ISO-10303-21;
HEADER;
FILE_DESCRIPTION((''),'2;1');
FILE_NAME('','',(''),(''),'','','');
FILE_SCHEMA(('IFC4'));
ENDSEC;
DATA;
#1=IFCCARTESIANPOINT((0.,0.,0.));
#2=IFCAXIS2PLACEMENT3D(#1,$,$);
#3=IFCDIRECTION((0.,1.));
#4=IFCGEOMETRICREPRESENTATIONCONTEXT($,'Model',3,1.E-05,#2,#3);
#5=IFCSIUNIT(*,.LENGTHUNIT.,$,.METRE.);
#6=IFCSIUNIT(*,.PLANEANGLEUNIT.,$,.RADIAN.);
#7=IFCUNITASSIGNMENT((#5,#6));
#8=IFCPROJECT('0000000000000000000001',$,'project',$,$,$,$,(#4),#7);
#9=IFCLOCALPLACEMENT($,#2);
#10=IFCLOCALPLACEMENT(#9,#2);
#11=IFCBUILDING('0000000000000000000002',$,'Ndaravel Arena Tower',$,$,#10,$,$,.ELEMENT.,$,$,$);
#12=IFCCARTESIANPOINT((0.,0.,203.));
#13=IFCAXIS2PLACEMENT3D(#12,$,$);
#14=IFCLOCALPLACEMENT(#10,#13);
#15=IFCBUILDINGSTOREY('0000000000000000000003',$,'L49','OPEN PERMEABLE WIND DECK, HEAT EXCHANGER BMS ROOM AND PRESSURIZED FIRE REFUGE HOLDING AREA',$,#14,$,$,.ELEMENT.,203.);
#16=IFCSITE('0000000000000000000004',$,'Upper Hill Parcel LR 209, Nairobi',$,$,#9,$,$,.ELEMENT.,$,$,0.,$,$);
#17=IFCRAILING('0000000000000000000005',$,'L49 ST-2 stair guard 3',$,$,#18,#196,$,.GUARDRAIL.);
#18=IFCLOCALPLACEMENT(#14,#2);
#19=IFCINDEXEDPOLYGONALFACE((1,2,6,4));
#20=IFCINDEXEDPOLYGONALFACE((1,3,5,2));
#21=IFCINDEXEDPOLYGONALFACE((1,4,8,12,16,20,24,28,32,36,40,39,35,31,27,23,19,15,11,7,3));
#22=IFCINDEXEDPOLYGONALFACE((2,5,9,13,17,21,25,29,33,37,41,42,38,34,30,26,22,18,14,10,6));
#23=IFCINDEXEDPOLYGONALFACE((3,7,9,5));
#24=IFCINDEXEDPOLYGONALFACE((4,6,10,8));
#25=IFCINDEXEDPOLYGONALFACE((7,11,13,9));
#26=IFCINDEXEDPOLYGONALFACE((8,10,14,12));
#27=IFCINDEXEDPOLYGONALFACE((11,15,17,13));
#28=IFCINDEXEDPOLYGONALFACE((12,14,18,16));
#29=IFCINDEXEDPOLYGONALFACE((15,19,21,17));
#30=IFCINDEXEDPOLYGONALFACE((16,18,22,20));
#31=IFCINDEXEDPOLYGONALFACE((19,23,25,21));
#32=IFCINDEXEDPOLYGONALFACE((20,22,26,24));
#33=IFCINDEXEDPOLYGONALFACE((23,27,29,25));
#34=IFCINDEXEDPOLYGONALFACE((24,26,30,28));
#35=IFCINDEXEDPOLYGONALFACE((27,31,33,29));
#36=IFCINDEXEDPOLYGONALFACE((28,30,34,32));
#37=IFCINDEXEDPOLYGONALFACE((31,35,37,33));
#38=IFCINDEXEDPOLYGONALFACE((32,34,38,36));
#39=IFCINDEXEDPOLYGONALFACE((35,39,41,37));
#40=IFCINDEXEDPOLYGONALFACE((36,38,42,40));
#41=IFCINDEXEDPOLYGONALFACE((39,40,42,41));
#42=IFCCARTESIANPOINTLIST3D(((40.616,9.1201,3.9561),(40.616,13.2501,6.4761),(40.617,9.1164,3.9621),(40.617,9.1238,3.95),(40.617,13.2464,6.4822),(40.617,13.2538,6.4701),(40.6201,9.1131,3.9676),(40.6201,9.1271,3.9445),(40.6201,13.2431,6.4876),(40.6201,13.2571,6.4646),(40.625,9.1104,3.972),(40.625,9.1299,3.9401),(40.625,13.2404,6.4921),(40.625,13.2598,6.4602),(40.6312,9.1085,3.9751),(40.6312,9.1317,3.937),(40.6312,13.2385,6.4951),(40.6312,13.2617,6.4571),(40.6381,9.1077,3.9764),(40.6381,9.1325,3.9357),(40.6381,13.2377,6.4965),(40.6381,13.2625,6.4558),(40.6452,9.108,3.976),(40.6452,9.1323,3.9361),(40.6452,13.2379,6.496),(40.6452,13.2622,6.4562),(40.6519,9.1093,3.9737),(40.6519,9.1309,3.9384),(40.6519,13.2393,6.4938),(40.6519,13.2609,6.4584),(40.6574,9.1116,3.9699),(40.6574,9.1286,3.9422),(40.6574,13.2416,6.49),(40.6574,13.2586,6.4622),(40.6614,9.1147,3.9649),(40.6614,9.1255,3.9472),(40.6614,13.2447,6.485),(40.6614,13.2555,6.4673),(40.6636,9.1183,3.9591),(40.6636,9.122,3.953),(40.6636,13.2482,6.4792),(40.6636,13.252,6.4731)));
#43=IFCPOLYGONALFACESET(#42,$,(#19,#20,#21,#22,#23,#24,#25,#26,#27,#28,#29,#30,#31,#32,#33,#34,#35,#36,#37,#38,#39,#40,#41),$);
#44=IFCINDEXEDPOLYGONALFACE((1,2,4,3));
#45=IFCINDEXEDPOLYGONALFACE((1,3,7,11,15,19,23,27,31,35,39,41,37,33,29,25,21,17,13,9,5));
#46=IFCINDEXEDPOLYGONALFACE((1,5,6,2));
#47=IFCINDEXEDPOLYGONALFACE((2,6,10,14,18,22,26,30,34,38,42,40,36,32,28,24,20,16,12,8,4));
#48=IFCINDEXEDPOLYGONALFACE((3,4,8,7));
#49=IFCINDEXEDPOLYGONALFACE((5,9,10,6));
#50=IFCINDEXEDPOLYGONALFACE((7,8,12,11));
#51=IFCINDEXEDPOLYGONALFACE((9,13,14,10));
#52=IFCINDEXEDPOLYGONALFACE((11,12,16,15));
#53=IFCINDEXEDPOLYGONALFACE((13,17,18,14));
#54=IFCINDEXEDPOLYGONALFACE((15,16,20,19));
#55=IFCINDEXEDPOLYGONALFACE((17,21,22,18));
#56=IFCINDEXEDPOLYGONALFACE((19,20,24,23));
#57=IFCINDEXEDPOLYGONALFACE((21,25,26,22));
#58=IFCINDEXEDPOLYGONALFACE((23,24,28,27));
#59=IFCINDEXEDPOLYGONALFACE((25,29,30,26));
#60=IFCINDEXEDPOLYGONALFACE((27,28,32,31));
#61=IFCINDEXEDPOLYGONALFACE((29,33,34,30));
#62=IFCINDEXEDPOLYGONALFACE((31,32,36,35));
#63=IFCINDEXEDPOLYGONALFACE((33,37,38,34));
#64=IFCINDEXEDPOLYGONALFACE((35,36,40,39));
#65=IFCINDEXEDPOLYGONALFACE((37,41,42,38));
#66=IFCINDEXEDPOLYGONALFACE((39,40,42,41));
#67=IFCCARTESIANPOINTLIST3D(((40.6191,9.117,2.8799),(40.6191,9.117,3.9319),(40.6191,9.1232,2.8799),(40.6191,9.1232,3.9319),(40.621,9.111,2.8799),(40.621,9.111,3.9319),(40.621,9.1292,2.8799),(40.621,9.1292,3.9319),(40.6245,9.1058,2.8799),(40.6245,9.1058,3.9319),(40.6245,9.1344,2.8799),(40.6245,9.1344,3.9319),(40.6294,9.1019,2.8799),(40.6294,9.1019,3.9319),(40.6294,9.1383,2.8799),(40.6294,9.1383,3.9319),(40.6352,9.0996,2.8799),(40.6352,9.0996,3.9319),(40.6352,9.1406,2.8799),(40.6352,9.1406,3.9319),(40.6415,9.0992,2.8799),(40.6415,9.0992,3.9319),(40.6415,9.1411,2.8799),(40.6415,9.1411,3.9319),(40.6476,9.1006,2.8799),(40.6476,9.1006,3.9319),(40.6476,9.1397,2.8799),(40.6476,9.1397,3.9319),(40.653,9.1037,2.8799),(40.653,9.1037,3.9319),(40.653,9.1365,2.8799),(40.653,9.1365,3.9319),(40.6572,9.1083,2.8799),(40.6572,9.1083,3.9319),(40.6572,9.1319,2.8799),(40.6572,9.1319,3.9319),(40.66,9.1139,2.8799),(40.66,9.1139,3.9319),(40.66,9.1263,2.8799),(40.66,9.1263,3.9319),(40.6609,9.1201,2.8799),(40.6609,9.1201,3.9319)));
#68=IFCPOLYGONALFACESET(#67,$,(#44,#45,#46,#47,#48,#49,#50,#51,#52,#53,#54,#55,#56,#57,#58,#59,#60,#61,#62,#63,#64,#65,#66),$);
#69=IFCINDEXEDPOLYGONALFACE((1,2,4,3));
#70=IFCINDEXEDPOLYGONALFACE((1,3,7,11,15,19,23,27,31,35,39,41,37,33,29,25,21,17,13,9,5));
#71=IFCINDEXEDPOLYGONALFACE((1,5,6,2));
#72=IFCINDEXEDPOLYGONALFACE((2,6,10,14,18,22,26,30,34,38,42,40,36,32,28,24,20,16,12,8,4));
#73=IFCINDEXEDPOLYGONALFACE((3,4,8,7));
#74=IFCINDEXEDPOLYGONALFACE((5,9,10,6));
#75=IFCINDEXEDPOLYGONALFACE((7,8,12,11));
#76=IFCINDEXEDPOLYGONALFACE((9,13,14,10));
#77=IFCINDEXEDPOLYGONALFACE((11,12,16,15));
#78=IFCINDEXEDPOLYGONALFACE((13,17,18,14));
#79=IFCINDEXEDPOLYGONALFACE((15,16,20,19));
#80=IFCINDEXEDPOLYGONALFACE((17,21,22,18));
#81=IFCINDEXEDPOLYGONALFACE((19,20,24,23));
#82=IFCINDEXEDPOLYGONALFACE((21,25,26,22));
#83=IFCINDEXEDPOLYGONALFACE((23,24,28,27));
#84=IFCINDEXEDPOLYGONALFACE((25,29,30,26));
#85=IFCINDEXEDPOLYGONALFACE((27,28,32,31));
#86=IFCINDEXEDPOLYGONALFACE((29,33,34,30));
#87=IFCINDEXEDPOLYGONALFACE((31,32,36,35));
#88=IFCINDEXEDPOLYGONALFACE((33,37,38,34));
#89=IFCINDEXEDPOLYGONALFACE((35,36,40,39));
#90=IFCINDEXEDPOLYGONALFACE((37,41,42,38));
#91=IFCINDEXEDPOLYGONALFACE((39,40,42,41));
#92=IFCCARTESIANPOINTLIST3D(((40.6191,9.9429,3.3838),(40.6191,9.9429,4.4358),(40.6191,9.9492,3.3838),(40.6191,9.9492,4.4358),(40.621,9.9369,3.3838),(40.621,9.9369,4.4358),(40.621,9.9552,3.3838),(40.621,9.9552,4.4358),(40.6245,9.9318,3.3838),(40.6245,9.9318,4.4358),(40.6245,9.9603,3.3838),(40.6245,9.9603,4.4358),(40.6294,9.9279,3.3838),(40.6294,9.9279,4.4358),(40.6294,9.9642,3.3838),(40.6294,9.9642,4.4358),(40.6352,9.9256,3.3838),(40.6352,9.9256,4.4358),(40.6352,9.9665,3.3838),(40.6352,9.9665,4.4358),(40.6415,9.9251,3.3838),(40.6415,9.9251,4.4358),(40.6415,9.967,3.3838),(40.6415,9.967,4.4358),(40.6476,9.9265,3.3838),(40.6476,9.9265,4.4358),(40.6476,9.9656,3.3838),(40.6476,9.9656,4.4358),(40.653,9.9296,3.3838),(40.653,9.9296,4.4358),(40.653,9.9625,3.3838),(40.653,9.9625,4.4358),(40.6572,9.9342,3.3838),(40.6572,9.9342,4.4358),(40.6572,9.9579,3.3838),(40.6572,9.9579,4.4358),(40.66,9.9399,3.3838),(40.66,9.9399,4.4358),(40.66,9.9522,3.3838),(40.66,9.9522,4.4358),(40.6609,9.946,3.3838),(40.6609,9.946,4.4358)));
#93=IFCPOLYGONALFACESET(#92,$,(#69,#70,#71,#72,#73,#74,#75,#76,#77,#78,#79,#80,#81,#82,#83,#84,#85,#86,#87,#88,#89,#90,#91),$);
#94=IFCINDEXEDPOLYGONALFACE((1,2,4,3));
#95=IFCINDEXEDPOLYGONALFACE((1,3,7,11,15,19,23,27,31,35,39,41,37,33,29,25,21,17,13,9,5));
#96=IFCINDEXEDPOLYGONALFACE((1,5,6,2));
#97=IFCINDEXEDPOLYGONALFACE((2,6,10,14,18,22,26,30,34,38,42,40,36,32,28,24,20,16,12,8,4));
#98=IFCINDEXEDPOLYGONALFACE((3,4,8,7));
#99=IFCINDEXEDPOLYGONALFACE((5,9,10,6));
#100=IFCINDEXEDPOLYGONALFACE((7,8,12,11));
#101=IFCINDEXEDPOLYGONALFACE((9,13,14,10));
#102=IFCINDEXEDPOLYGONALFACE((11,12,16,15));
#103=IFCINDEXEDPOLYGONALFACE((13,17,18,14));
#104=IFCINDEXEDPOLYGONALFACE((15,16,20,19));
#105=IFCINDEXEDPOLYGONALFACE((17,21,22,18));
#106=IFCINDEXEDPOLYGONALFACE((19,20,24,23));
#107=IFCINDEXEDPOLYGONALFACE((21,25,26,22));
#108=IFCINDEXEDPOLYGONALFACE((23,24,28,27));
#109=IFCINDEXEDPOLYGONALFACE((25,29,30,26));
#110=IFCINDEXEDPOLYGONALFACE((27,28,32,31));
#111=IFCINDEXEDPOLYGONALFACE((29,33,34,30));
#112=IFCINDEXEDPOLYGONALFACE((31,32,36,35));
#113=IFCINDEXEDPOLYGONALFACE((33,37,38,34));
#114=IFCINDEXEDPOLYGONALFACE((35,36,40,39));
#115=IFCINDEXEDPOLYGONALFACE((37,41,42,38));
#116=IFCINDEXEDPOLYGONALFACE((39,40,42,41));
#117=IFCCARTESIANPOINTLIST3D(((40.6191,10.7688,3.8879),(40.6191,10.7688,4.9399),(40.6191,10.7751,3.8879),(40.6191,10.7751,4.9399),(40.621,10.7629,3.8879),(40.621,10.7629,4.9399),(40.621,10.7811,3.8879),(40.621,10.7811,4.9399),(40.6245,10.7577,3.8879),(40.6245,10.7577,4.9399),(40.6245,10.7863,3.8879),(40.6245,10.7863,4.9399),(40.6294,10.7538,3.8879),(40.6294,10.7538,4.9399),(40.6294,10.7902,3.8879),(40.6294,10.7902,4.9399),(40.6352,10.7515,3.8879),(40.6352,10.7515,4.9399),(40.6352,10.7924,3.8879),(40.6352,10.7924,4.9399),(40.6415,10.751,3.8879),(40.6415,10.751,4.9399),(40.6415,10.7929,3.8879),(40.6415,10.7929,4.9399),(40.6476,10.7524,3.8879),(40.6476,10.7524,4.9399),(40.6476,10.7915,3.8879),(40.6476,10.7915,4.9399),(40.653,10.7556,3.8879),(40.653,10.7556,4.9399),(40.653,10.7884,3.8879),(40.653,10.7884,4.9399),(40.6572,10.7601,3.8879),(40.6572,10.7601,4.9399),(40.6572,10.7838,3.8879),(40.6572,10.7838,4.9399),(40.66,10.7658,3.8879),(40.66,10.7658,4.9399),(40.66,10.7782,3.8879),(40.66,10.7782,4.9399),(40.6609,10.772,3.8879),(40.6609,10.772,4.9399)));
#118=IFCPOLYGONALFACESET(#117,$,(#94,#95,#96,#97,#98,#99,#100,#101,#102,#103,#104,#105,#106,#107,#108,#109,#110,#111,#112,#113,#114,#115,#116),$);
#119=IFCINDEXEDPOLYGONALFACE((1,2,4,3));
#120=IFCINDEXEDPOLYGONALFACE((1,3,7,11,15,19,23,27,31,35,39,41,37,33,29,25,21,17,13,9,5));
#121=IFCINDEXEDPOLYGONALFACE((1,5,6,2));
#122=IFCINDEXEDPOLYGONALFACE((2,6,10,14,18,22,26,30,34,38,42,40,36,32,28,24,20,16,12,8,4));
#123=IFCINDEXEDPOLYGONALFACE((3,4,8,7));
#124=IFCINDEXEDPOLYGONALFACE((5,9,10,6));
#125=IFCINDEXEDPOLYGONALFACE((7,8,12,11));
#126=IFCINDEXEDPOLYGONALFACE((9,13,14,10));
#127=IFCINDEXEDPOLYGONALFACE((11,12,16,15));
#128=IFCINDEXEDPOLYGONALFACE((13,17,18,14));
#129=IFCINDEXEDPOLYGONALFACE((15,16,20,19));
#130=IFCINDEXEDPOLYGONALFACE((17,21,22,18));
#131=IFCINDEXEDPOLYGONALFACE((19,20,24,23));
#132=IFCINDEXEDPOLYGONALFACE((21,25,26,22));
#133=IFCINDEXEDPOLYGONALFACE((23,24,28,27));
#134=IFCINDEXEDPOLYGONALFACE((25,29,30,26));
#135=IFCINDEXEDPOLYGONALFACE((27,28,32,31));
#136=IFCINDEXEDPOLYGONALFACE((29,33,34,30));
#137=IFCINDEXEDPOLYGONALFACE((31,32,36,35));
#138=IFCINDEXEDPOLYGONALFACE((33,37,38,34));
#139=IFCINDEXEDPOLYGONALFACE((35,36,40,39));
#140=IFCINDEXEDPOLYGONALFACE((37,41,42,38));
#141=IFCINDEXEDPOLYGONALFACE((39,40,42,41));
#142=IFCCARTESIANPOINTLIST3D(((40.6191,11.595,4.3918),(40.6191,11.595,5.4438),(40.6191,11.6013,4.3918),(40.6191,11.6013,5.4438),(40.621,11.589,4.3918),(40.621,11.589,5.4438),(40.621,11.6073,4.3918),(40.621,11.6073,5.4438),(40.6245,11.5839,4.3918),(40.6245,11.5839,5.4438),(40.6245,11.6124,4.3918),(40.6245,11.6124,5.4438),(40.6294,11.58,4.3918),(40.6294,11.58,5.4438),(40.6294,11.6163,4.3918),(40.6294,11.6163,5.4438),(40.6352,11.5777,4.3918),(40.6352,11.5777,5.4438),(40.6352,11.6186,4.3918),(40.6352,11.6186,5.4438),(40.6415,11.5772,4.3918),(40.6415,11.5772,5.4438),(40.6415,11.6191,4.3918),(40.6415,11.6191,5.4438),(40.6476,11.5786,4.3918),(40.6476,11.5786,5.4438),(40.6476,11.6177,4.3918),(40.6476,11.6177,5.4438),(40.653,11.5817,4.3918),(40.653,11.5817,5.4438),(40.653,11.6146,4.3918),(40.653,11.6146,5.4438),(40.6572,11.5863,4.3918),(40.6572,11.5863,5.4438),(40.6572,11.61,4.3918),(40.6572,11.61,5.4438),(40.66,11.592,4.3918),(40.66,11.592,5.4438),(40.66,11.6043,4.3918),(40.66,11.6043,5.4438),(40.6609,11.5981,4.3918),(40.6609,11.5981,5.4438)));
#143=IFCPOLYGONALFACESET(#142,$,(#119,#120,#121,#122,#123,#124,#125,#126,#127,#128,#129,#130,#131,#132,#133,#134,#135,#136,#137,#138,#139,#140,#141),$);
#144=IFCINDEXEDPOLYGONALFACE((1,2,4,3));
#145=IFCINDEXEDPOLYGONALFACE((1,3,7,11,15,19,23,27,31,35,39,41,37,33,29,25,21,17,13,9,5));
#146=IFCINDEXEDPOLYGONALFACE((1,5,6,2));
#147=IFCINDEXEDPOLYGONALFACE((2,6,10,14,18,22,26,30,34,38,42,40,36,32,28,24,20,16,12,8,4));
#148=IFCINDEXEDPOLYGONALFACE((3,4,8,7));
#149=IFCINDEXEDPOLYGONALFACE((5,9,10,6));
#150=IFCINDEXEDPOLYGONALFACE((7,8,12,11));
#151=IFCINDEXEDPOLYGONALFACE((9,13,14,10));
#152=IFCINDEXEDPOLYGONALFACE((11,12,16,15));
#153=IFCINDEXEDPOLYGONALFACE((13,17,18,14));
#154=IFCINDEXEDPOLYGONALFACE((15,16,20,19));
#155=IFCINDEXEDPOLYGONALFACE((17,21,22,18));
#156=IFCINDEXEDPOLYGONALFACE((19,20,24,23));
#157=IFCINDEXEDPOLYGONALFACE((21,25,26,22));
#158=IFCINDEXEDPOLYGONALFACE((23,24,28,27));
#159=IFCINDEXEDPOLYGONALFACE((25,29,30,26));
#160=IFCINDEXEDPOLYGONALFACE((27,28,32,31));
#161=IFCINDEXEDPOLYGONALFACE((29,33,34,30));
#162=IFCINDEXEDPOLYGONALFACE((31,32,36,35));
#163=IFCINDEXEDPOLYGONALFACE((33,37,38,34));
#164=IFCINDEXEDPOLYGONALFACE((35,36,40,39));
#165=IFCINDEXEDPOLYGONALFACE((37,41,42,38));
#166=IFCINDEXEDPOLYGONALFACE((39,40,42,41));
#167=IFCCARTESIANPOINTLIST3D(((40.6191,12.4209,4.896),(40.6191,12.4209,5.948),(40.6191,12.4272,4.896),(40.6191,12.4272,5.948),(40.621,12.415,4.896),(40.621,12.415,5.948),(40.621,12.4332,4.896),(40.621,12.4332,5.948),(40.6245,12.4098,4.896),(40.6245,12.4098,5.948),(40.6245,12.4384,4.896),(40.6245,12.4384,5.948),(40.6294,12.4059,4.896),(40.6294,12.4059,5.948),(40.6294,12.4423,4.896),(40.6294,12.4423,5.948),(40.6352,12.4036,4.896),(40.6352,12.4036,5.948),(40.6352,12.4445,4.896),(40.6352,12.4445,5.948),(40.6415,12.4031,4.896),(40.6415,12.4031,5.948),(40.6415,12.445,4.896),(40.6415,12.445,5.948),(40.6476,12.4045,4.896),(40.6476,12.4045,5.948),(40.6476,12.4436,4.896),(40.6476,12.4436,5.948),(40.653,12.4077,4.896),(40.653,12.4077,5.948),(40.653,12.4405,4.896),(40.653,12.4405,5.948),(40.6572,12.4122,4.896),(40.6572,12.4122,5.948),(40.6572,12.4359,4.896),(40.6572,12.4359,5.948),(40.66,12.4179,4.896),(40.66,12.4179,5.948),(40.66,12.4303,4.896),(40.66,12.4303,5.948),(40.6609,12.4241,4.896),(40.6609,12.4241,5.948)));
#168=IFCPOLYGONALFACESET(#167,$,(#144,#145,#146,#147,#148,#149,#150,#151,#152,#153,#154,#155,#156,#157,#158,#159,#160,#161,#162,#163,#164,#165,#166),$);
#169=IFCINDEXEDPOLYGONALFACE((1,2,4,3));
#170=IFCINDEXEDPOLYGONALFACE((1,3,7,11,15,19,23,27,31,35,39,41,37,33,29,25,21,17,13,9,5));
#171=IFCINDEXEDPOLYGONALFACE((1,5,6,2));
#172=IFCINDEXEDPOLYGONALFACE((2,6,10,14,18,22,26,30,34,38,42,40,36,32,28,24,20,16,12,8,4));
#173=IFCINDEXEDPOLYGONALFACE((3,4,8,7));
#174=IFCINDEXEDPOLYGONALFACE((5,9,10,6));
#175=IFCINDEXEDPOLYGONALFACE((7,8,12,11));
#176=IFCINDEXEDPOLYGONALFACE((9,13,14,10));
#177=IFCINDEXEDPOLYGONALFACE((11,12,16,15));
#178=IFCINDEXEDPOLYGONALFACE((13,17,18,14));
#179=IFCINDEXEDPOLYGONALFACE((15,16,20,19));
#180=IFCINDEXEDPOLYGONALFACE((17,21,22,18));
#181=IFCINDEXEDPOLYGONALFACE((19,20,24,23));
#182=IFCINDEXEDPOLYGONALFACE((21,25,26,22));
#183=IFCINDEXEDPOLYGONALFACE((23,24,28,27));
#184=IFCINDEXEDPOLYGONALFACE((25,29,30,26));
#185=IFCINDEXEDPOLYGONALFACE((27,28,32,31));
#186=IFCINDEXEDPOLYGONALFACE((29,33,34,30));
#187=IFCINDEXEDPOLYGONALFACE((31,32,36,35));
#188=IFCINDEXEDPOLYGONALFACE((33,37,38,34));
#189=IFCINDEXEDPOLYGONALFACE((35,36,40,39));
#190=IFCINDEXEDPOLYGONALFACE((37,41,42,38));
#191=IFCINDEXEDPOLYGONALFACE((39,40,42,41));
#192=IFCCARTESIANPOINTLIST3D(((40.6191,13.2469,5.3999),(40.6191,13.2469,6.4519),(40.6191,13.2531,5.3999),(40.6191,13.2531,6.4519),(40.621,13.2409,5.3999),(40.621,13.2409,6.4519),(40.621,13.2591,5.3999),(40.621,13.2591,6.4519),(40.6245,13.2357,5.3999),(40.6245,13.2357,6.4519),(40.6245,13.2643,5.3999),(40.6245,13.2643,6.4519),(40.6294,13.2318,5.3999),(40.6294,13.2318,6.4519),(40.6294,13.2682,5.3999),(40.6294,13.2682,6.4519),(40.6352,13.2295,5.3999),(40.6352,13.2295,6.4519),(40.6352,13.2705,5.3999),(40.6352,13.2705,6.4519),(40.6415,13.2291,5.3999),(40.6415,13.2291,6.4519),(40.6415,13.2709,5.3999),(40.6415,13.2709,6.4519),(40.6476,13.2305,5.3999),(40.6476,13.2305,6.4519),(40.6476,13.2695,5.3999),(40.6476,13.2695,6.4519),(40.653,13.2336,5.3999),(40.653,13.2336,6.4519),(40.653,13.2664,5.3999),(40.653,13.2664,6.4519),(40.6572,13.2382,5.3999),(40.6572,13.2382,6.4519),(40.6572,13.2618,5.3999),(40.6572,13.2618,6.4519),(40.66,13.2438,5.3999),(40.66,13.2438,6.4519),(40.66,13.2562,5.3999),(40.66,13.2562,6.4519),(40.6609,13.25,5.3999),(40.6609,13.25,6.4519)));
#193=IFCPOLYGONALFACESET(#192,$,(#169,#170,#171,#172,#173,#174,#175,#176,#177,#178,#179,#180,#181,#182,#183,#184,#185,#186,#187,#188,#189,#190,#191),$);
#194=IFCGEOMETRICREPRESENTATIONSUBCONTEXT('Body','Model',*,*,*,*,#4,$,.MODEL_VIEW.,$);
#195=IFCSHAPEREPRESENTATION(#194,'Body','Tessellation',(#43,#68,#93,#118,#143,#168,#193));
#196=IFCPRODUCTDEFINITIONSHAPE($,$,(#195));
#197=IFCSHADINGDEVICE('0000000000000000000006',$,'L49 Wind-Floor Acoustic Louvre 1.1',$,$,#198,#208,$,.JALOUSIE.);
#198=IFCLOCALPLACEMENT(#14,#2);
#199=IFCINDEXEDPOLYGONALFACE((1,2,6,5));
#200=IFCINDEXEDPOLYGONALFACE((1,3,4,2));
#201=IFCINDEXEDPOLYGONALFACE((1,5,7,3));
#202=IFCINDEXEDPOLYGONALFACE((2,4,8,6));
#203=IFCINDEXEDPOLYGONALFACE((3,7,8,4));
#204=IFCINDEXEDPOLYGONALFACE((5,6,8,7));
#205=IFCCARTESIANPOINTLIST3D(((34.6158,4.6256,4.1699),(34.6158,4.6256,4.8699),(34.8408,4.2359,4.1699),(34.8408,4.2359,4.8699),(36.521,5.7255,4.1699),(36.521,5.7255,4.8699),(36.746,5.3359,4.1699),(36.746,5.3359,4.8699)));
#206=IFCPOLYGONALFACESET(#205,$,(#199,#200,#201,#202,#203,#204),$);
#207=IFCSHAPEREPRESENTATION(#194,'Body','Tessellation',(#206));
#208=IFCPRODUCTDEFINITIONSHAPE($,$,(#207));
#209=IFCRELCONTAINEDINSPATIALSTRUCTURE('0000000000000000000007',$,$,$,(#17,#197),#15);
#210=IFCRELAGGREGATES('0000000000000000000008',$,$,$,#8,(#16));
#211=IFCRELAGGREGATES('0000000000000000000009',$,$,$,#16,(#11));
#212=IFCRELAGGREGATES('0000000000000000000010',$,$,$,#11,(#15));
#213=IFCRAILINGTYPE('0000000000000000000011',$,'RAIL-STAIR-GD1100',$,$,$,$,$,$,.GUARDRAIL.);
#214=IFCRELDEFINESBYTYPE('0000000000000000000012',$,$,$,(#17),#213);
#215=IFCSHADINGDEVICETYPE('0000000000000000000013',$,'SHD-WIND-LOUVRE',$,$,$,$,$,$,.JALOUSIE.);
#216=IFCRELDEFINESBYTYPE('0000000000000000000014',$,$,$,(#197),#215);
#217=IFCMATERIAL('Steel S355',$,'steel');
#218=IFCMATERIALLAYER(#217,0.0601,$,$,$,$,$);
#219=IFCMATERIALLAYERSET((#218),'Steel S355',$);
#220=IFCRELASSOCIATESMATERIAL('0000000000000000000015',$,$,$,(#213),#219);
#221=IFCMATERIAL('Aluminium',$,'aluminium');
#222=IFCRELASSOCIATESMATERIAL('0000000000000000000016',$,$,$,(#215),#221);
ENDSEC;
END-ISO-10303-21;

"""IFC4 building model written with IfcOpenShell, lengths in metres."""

from ifc_helpers import new_model, si_unit, direction, frame, origin, origin_2d, place, context, subcontext, project, spatial, rectangle, circle, extrude, material, layer, layer_set, type_object, element, save


model = new_model("IFC4")

# Units and contexts
model_context = context("Model", 3, precision=1e-05, world=origin(), true_north=direction((0.0, 1.0)))
body_context = subcontext(model_context, "Body", "Model", "MODEL_VIEW")
ifc_project = project(units=[si_unit("LENGTHUNIT", "METRE"), si_unit("PLANEANGLEUNIT", "RADIAN")], contexts=[model_context])

# Site, building, storey
site_placement = place(None, origin())
site = spatial("IfcSite", under=ifc_project, at=site_placement, Name="Upper Hill Parcel LR 209, Nairobi", CompositionType="ELEMENT", RefElevation=0.0)
building_placement = place(site_placement, origin())
building = spatial("IfcBuilding", under=site, at=building_placement, Name="Ndaravel Arena Tower", CompositionType="ELEMENT")
storey_placement = place(building_placement, frame((0.0, 0.0, 203.0)))
storey = spatial("IfcBuildingStorey", under=building, at=storey_placement, Name="L49", Description="OPEN PERMEABLE WIND DECK, HEAT EXCHANGER BMS ROOM AND PRESSURIZED FIRE REFUGE HOLDING AREA", CompositionType="ELEMENT", Elevation=203.0)

# Railing
ifc_material_1 = material(Name="Steel S355", Category="steel")
ifc_layer_1 = layer(ifc_material_1, 0.0601)
ifc_layer_set_1 = layer_set([ifc_layer_1], Name="Steel S355")
railing_type = type_object("IfcRailingType", Name="RAIL-STAIR-GD1100", PredefinedType="GUARDRAIL", material=ifc_layer_set_1)
railing_placement = place(storey_placement, frame((40.6399, 9.1201, 2.8799)))
element("IfcRailing", 1, at=railing_placement, inside=storey, type_object=railing_type, Name="L49 ST-2 stair guard 3", PredefinedType="GUARDRAIL", context=body_context, shape_type="SweptSolid", body=[
    extrude(circle(Radius=0.0239, at=origin_2d()), frame((0.0, 0.0, 1.0762), z_axis=(0.0, 0.853631, 0.520878), x_axis=(-1.0, 0.0, 0.0)), (0.0, 0.0, 1.0), 4.8381),
    extrude(circle(Radius=0.021, at=origin_2d()), origin(), (0.0, 0.0, 1.0), 1.052),
    extrude(circle(Radius=0.021, at=origin_2d()), frame((0.0, 0.8259, 0.5039)), (0.0, 0.0, 1.0), 1.052),
    extrude(circle(Radius=0.021, at=origin_2d()), frame((0.0, 1.6519, 1.0081)), (0.0, 0.0, 1.0), 1.052),
    extrude(circle(Radius=0.021, at=origin_2d()), frame((0.0, 2.478, 1.512)), (0.0, 0.0, 1.0), 1.052),
    extrude(circle(Radius=0.021, at=origin_2d()), frame((0.0, 3.304, 2.0161)), (0.0, 0.0, 1.0), 1.052),
    extrude(circle(Radius=0.021, at=origin_2d()), frame((0.0, 4.1299, 2.52)), (0.0, 0.0, 1.0), 1.052),
])

# Shading device
ifc_material_2 = material(Name="Aluminium", Category="aluminium")
shading_device_type = type_object("IfcShadingDeviceType", Name="SHD-WIND-LOUVRE", PredefinedType="JALOUSIE", material=ifc_material_2)
shading_device_placement = place(storey_placement, frame((35.6809, 4.9807, 4.1699), z_axis=(0.0, 0.0, 1.0), x_axis=(0.5, -0.866025, 0.0)))
element("IfcShadingDevice", 2, at=shading_device_placement, inside=storey, type_object=shading_device_type, Name="L49 Wind-Floor Acoustic Louvre 1.1", PredefinedType="JALOUSIE", context=body_context, shape_type="SweptSolid", body=[
    extrude(rectangle(XDim=0.45, YDim=2.2, at=origin_2d()), origin(), (0.0, 0.0, 1.0), 0.7),
])

save(model, "model.ifc")
